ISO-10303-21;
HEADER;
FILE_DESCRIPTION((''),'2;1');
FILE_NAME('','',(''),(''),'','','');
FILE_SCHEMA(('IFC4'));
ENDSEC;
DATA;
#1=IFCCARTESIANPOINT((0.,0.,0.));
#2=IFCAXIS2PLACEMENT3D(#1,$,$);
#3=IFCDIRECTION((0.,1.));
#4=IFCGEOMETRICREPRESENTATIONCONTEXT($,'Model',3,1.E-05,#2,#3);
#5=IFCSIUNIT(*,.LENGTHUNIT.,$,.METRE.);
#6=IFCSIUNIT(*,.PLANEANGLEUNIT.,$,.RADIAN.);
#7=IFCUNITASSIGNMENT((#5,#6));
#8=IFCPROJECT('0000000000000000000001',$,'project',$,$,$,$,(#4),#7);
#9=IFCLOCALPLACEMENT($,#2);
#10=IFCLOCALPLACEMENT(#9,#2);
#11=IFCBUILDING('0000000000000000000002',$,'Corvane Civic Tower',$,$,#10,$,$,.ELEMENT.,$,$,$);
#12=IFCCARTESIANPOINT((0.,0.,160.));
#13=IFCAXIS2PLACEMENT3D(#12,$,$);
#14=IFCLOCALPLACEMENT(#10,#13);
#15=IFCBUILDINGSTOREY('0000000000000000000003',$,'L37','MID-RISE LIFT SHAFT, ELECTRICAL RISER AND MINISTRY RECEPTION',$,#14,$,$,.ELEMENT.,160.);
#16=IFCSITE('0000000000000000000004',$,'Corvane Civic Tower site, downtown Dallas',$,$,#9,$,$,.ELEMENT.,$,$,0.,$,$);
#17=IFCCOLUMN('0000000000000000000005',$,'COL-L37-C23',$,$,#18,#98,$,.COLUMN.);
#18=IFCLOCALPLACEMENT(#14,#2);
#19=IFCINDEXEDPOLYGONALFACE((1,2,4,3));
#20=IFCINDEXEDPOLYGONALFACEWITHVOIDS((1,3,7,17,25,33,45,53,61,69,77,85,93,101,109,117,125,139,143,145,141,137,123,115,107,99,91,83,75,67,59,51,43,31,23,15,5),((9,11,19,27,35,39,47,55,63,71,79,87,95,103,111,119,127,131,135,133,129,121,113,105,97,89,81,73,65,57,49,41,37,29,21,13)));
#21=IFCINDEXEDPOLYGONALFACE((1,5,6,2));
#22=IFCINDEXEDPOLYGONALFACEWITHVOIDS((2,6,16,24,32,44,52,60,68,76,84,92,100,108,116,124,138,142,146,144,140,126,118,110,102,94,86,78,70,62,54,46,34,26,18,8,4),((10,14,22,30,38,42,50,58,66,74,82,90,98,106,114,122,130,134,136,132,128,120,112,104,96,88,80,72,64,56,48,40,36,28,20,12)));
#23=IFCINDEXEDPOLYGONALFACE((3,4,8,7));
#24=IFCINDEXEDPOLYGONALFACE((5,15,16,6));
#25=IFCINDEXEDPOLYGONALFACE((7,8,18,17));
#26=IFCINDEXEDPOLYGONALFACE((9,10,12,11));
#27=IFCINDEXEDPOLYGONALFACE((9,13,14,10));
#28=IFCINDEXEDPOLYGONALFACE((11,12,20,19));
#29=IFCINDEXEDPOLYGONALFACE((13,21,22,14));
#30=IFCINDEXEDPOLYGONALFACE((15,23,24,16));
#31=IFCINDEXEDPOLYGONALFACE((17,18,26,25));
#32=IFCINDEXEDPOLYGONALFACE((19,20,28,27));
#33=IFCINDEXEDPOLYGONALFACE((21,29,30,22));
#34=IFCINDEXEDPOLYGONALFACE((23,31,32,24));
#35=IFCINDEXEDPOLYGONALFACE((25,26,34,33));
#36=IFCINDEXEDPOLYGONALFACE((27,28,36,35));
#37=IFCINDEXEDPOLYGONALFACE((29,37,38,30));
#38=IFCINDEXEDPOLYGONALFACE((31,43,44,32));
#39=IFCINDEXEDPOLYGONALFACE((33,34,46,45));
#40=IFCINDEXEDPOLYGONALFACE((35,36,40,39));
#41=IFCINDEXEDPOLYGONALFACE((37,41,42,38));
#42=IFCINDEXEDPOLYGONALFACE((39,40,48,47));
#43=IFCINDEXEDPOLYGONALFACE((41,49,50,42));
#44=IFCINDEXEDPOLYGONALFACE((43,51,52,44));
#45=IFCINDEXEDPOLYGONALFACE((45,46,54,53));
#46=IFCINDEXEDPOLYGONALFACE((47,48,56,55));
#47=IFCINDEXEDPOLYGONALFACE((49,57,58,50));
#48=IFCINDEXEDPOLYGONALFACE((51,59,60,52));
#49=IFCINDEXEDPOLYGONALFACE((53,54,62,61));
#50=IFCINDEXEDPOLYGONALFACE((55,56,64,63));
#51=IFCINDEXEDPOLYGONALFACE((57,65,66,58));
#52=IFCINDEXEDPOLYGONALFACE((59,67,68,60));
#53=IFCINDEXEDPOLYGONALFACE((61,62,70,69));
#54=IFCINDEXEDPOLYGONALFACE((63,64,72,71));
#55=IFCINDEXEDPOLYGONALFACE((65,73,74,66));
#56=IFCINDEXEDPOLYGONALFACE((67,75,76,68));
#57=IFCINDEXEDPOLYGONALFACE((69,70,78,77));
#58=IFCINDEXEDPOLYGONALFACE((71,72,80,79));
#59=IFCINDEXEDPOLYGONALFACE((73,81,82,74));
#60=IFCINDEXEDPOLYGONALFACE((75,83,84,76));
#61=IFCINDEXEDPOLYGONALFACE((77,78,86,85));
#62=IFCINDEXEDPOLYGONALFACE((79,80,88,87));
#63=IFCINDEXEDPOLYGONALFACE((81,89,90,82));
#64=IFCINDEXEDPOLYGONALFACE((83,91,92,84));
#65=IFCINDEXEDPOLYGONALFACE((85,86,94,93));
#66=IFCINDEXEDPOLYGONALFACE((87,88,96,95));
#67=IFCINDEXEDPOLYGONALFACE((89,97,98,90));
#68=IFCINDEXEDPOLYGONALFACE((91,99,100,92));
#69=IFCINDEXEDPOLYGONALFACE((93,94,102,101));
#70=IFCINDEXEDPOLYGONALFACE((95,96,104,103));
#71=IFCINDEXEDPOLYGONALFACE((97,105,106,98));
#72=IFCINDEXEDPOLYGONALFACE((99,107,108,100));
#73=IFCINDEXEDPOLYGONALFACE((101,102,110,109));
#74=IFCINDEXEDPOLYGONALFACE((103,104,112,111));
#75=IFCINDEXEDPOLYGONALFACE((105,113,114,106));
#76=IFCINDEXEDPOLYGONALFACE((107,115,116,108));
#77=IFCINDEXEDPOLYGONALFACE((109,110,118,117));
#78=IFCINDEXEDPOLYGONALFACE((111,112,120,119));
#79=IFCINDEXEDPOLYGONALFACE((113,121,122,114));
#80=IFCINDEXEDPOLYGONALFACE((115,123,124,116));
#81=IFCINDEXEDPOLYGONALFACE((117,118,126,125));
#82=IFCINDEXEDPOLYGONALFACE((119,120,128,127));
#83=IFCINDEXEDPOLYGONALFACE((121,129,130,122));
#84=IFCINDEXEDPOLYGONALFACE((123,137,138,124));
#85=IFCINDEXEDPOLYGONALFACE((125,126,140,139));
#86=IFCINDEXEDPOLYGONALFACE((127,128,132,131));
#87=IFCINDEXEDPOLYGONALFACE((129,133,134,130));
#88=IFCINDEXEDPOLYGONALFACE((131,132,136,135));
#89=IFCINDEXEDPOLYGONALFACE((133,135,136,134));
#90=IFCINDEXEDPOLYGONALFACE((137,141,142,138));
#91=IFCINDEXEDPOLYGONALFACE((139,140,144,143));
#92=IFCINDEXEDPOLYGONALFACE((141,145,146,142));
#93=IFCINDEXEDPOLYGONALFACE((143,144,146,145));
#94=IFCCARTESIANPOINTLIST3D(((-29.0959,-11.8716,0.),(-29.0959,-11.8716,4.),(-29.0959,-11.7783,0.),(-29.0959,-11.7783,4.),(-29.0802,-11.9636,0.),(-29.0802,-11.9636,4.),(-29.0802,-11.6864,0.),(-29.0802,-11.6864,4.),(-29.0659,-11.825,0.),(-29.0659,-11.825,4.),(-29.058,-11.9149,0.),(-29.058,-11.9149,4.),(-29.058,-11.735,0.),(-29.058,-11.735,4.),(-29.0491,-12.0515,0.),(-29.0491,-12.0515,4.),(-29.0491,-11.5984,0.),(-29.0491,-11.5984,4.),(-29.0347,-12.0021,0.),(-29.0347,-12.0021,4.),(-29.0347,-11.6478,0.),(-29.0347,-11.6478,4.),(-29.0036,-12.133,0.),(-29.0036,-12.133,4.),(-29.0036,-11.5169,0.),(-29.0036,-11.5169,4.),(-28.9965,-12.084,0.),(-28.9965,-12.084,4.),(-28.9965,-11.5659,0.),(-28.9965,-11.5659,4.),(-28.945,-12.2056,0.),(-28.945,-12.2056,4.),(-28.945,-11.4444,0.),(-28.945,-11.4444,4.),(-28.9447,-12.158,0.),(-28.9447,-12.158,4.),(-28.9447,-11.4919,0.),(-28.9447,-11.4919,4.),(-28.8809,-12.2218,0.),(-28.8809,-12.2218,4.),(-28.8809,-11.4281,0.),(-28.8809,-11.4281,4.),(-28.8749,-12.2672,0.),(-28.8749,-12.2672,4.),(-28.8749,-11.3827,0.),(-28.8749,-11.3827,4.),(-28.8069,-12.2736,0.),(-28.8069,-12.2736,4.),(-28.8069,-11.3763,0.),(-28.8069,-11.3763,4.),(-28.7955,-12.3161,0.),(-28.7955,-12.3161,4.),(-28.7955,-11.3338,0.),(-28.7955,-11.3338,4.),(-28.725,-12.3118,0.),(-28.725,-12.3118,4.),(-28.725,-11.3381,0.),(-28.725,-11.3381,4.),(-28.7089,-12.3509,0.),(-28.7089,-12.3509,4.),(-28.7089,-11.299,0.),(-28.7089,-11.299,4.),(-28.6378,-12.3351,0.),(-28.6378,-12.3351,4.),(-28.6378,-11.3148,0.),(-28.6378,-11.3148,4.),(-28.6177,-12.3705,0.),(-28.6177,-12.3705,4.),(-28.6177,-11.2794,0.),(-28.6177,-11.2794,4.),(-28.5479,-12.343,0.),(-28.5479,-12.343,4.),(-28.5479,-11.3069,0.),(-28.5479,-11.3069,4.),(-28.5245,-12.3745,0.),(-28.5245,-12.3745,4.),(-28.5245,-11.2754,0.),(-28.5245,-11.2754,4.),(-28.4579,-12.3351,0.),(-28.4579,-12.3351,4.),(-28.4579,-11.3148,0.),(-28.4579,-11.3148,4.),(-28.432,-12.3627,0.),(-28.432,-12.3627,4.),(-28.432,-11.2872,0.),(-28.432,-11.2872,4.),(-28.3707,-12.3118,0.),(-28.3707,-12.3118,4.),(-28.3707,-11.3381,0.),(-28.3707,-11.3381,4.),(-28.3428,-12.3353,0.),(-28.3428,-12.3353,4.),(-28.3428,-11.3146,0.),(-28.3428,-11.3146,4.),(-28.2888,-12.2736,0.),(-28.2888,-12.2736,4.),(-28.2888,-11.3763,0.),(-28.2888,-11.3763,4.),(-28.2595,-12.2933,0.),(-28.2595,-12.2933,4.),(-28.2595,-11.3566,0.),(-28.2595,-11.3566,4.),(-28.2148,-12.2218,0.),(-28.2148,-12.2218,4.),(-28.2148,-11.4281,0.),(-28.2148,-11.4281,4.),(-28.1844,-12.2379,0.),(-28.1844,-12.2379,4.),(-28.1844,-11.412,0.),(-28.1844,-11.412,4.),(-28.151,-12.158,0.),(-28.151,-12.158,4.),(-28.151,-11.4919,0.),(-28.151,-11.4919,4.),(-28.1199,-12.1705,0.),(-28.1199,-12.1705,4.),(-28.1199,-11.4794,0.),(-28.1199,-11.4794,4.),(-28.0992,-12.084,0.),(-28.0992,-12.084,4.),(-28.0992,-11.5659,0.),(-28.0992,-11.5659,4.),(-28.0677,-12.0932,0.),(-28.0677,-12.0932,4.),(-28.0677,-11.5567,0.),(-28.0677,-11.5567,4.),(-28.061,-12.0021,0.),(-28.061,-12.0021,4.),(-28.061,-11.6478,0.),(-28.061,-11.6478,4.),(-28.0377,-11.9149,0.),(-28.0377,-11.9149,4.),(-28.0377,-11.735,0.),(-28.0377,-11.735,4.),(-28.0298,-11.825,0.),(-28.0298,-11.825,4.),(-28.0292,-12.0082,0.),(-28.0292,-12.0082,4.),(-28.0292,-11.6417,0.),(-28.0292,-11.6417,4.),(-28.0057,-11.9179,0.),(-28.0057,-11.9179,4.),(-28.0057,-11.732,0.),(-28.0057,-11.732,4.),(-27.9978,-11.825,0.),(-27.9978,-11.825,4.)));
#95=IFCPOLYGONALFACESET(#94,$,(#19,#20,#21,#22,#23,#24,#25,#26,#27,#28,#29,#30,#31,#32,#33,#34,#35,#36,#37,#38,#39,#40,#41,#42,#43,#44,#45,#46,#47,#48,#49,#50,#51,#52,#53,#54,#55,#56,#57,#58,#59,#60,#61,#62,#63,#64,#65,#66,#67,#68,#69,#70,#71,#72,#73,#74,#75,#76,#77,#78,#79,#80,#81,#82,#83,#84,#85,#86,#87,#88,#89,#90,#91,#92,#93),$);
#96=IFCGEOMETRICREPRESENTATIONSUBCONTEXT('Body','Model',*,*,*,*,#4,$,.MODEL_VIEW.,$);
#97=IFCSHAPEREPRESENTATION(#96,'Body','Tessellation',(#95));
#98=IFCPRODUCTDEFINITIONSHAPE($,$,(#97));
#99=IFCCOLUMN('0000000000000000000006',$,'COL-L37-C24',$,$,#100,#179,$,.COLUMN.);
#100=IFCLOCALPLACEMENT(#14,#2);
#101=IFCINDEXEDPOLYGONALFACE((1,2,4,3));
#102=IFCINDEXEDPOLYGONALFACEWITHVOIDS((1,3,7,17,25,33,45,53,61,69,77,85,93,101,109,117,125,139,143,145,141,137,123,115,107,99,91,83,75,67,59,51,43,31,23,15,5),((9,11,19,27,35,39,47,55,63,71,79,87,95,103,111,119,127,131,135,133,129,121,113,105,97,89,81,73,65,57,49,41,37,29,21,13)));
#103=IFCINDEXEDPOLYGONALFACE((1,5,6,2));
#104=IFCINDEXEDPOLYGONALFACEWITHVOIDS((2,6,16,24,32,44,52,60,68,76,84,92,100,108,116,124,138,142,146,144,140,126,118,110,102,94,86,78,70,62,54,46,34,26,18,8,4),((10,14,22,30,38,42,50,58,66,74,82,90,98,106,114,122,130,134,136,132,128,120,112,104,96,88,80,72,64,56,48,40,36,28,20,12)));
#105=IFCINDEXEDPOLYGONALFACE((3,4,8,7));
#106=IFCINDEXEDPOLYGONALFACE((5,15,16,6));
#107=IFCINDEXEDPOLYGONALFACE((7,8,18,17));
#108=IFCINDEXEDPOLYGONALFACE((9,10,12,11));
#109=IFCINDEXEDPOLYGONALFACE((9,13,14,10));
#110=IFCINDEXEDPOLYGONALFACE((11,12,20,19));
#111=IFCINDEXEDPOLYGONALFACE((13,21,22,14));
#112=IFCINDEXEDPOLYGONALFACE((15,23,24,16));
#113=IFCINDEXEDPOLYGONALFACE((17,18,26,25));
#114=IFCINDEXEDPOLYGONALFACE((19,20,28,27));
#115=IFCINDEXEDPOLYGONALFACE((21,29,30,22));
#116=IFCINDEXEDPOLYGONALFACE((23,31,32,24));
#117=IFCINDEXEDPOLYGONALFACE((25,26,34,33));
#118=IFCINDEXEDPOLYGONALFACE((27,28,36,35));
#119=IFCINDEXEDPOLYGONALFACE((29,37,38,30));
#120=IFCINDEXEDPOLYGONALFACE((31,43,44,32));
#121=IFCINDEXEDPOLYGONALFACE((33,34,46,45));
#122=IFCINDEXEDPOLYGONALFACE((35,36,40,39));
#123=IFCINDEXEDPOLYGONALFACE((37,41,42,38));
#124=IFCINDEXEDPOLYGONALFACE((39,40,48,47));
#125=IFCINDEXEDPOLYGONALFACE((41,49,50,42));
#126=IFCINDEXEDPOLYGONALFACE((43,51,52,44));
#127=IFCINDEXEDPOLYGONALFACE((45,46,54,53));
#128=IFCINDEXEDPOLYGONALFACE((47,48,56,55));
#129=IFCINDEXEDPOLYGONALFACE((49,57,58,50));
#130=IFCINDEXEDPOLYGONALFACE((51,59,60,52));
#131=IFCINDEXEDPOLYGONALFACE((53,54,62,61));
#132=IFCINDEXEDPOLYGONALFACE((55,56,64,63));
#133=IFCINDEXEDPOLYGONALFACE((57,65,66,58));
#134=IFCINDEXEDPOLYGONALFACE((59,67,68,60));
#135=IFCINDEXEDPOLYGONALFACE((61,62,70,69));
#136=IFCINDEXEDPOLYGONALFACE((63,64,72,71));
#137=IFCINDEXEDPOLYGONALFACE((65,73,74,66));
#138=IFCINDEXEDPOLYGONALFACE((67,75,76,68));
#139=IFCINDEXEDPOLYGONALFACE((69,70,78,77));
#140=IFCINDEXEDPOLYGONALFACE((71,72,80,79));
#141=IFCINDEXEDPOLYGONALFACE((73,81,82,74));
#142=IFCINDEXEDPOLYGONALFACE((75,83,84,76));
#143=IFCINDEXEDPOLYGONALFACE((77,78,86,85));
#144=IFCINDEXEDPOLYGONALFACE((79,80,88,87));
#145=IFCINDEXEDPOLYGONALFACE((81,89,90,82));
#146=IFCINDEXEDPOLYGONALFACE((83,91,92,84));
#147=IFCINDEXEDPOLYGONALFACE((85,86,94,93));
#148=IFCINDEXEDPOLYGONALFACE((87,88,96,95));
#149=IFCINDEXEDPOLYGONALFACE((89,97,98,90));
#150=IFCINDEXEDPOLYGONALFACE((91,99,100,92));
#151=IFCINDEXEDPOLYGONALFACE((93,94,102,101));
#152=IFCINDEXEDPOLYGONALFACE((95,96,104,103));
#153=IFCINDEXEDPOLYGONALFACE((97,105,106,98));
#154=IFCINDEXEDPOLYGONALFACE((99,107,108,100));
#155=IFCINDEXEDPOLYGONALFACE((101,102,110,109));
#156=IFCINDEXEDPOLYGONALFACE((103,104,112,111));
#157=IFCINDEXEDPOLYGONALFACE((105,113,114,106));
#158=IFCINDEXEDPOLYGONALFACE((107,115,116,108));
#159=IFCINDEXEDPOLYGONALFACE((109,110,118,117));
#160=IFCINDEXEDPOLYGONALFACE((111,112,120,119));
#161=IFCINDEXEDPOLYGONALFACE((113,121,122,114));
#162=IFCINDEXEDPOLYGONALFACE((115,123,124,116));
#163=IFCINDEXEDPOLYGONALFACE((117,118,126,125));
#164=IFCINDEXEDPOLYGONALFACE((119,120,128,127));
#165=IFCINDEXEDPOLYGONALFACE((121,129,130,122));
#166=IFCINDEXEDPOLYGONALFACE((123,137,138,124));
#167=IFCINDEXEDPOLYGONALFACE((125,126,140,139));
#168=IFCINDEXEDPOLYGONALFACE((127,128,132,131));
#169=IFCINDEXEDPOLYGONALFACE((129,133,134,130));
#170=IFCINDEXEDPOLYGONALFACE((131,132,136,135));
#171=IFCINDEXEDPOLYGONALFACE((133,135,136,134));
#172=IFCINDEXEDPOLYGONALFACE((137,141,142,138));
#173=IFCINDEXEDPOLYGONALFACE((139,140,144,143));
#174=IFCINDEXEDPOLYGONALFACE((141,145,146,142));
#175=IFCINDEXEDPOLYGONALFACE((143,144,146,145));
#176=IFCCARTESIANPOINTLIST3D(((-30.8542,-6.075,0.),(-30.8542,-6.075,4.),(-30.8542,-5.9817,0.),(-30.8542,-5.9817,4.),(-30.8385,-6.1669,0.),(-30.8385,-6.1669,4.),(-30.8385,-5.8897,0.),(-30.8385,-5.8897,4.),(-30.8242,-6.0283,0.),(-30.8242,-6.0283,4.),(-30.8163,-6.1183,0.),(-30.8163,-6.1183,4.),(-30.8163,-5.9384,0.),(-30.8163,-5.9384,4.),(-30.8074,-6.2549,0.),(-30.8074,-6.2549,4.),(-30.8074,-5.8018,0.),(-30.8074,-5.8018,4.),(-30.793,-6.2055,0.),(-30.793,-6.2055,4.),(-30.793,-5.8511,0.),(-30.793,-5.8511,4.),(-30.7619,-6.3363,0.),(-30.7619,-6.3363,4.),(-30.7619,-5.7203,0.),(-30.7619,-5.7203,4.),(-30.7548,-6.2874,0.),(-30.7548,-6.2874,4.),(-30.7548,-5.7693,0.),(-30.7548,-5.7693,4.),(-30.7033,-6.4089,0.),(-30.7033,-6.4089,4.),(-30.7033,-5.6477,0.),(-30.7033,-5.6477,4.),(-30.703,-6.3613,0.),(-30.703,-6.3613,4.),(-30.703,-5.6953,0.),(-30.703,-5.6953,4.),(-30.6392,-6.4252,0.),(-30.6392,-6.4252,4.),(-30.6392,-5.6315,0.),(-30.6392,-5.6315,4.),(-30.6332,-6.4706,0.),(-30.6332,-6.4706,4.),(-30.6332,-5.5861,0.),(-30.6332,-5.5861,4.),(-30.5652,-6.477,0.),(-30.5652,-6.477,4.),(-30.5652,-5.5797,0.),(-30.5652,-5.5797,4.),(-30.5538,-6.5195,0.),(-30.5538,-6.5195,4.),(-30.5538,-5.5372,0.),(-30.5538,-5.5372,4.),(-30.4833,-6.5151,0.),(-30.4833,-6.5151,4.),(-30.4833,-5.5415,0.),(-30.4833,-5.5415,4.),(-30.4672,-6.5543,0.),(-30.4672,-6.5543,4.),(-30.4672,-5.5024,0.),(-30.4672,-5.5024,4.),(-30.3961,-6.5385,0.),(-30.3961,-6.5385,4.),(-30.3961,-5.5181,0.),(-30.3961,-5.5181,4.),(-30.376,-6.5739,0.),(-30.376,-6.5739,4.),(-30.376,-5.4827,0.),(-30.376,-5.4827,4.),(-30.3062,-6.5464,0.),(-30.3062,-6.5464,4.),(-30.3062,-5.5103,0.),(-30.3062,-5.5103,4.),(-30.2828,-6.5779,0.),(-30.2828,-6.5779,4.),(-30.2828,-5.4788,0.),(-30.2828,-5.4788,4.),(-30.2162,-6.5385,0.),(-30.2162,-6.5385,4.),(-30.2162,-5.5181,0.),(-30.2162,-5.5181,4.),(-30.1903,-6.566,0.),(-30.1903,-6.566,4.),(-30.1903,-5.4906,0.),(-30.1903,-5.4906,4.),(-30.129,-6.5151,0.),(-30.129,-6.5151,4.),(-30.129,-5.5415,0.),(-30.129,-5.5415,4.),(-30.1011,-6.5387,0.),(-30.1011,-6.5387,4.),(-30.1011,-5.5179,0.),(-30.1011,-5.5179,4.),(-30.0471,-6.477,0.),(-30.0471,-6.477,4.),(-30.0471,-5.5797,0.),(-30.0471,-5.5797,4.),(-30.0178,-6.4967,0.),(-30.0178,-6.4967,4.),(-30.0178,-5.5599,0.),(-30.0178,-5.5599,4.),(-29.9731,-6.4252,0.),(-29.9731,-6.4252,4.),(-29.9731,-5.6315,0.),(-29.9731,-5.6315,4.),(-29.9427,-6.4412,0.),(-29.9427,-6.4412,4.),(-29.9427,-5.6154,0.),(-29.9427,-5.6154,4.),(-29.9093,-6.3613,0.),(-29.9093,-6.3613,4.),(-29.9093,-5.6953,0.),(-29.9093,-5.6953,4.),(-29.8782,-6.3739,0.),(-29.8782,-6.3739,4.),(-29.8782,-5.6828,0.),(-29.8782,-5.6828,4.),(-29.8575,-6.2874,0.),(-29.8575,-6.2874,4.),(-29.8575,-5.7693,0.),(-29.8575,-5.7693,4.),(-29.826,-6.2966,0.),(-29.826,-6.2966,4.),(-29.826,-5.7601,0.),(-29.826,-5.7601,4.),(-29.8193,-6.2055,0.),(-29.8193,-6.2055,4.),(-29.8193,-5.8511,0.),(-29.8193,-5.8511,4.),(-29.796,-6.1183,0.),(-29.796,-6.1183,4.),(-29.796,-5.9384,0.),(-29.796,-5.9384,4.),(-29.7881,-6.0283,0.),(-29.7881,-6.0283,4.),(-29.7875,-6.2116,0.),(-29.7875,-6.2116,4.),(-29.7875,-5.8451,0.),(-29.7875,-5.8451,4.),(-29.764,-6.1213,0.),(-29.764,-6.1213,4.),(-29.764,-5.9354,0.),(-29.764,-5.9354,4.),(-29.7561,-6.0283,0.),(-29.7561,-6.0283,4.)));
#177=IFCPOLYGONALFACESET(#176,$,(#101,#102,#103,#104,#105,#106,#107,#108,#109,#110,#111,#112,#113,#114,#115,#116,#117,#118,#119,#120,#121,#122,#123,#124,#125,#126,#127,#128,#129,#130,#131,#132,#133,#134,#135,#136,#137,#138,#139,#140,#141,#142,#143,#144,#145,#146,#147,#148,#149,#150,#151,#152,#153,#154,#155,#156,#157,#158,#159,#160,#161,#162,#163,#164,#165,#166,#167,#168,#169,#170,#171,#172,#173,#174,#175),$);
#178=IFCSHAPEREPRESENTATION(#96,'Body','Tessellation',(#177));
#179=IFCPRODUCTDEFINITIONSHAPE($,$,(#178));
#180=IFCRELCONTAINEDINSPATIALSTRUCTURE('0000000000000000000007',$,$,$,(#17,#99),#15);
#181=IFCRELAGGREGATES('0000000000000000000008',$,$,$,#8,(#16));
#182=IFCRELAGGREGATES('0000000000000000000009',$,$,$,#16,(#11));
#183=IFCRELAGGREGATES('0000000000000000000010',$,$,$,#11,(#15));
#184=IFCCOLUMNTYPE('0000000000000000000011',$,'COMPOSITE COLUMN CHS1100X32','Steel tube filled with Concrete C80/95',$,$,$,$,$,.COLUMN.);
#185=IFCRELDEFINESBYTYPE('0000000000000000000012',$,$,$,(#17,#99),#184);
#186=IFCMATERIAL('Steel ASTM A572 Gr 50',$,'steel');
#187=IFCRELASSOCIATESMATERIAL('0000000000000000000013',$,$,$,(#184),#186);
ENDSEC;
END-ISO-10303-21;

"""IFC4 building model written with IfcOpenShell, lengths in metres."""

from ifc_helpers import new_model, si_unit, direction, frame, origin, origin_2d, place, context, subcontext, project, spatial, hollow_circle, extrude, material, material_profile, profile_set, type_object, element, save


model = new_model("IFC4")

# Units and contexts
model_context = context("Model", 3, precision=1e-05, world=origin(), true_north=direction((0.0, 1.0)))
body_context = subcontext(model_context, "Body", "Model", "MODEL_VIEW")
ifc_project = project(units=[si_unit("LENGTHUNIT", "METRE"), si_unit("PLANEANGLEUNIT", "RADIAN")], contexts=[model_context])

# Site, building, storey
site_placement = place(None, origin())
site = spatial("IfcSite", under=ifc_project, at=site_placement, Name="Corvane Civic Tower site, downtown Dallas", CompositionType="ELEMENT", RefElevation=0.0)
building_placement = place(site_placement, origin())
building = spatial("IfcBuilding", under=site, at=building_placement, Name="Corvane Civic Tower", CompositionType="ELEMENT")
storey_placement = place(building_placement, frame((0.0, 0.0, 160.0)))
storey = spatial("IfcBuildingStorey", under=building, at=storey_placement, Name="L37", Description="MID-RISE LIFT SHAFT, ELECTRICAL RISER AND MINISTRY RECEPTION", CompositionType="ELEMENT", Elevation=160.0)

# Columns
ifc_material_1 = material(Name="Steel ASTM A572 Gr 50", Category="steel")
ifc_material_profile_1 = material_profile(ifc_material_1, hollow_circle(Radius=0.55, WallThickness=0.032, at=origin_2d()), Name="CHS1100X32")
ifc_profile_set_1 = profile_set([ifc_material_profile_1], Name="Steel ASTM A572 Gr 50")
column_type = type_object("IfcColumnType", Name="COMPOSITE COLUMN CHS1100X32", Description="Steel tube filled with Concrete C80/95", PredefinedType="COLUMN", material=ifc_profile_set_1)
for number, where, z_axis, x_axis, name in (
    (1, (-28.5479, -11.825, 0.0), (0.0, 0.0, 1.0), (1.0, 0.0, 0.0), "COL-L37-C23"),
    (2, (-30.3062, -6.0283, 0.0), (0.0, 0.0, 1.0), (1.0, 0.0, 0.0), "COL-L37-C24"),
):
    element("IfcColumn", number, at=place(storey_placement, frame(where, z_axis=z_axis, x_axis=x_axis)), inside=storey, type_object=column_type, Name=name, PredefinedType="COLUMN", context=body_context, shape_type="SweptSolid", body=[
        extrude(hollow_circle(Radius=0.55, WallThickness=0.032, at=origin_2d()), origin(), (0.0, 0.0, 1.0), 4.0),
    ])

save(model, "model.ifc")
